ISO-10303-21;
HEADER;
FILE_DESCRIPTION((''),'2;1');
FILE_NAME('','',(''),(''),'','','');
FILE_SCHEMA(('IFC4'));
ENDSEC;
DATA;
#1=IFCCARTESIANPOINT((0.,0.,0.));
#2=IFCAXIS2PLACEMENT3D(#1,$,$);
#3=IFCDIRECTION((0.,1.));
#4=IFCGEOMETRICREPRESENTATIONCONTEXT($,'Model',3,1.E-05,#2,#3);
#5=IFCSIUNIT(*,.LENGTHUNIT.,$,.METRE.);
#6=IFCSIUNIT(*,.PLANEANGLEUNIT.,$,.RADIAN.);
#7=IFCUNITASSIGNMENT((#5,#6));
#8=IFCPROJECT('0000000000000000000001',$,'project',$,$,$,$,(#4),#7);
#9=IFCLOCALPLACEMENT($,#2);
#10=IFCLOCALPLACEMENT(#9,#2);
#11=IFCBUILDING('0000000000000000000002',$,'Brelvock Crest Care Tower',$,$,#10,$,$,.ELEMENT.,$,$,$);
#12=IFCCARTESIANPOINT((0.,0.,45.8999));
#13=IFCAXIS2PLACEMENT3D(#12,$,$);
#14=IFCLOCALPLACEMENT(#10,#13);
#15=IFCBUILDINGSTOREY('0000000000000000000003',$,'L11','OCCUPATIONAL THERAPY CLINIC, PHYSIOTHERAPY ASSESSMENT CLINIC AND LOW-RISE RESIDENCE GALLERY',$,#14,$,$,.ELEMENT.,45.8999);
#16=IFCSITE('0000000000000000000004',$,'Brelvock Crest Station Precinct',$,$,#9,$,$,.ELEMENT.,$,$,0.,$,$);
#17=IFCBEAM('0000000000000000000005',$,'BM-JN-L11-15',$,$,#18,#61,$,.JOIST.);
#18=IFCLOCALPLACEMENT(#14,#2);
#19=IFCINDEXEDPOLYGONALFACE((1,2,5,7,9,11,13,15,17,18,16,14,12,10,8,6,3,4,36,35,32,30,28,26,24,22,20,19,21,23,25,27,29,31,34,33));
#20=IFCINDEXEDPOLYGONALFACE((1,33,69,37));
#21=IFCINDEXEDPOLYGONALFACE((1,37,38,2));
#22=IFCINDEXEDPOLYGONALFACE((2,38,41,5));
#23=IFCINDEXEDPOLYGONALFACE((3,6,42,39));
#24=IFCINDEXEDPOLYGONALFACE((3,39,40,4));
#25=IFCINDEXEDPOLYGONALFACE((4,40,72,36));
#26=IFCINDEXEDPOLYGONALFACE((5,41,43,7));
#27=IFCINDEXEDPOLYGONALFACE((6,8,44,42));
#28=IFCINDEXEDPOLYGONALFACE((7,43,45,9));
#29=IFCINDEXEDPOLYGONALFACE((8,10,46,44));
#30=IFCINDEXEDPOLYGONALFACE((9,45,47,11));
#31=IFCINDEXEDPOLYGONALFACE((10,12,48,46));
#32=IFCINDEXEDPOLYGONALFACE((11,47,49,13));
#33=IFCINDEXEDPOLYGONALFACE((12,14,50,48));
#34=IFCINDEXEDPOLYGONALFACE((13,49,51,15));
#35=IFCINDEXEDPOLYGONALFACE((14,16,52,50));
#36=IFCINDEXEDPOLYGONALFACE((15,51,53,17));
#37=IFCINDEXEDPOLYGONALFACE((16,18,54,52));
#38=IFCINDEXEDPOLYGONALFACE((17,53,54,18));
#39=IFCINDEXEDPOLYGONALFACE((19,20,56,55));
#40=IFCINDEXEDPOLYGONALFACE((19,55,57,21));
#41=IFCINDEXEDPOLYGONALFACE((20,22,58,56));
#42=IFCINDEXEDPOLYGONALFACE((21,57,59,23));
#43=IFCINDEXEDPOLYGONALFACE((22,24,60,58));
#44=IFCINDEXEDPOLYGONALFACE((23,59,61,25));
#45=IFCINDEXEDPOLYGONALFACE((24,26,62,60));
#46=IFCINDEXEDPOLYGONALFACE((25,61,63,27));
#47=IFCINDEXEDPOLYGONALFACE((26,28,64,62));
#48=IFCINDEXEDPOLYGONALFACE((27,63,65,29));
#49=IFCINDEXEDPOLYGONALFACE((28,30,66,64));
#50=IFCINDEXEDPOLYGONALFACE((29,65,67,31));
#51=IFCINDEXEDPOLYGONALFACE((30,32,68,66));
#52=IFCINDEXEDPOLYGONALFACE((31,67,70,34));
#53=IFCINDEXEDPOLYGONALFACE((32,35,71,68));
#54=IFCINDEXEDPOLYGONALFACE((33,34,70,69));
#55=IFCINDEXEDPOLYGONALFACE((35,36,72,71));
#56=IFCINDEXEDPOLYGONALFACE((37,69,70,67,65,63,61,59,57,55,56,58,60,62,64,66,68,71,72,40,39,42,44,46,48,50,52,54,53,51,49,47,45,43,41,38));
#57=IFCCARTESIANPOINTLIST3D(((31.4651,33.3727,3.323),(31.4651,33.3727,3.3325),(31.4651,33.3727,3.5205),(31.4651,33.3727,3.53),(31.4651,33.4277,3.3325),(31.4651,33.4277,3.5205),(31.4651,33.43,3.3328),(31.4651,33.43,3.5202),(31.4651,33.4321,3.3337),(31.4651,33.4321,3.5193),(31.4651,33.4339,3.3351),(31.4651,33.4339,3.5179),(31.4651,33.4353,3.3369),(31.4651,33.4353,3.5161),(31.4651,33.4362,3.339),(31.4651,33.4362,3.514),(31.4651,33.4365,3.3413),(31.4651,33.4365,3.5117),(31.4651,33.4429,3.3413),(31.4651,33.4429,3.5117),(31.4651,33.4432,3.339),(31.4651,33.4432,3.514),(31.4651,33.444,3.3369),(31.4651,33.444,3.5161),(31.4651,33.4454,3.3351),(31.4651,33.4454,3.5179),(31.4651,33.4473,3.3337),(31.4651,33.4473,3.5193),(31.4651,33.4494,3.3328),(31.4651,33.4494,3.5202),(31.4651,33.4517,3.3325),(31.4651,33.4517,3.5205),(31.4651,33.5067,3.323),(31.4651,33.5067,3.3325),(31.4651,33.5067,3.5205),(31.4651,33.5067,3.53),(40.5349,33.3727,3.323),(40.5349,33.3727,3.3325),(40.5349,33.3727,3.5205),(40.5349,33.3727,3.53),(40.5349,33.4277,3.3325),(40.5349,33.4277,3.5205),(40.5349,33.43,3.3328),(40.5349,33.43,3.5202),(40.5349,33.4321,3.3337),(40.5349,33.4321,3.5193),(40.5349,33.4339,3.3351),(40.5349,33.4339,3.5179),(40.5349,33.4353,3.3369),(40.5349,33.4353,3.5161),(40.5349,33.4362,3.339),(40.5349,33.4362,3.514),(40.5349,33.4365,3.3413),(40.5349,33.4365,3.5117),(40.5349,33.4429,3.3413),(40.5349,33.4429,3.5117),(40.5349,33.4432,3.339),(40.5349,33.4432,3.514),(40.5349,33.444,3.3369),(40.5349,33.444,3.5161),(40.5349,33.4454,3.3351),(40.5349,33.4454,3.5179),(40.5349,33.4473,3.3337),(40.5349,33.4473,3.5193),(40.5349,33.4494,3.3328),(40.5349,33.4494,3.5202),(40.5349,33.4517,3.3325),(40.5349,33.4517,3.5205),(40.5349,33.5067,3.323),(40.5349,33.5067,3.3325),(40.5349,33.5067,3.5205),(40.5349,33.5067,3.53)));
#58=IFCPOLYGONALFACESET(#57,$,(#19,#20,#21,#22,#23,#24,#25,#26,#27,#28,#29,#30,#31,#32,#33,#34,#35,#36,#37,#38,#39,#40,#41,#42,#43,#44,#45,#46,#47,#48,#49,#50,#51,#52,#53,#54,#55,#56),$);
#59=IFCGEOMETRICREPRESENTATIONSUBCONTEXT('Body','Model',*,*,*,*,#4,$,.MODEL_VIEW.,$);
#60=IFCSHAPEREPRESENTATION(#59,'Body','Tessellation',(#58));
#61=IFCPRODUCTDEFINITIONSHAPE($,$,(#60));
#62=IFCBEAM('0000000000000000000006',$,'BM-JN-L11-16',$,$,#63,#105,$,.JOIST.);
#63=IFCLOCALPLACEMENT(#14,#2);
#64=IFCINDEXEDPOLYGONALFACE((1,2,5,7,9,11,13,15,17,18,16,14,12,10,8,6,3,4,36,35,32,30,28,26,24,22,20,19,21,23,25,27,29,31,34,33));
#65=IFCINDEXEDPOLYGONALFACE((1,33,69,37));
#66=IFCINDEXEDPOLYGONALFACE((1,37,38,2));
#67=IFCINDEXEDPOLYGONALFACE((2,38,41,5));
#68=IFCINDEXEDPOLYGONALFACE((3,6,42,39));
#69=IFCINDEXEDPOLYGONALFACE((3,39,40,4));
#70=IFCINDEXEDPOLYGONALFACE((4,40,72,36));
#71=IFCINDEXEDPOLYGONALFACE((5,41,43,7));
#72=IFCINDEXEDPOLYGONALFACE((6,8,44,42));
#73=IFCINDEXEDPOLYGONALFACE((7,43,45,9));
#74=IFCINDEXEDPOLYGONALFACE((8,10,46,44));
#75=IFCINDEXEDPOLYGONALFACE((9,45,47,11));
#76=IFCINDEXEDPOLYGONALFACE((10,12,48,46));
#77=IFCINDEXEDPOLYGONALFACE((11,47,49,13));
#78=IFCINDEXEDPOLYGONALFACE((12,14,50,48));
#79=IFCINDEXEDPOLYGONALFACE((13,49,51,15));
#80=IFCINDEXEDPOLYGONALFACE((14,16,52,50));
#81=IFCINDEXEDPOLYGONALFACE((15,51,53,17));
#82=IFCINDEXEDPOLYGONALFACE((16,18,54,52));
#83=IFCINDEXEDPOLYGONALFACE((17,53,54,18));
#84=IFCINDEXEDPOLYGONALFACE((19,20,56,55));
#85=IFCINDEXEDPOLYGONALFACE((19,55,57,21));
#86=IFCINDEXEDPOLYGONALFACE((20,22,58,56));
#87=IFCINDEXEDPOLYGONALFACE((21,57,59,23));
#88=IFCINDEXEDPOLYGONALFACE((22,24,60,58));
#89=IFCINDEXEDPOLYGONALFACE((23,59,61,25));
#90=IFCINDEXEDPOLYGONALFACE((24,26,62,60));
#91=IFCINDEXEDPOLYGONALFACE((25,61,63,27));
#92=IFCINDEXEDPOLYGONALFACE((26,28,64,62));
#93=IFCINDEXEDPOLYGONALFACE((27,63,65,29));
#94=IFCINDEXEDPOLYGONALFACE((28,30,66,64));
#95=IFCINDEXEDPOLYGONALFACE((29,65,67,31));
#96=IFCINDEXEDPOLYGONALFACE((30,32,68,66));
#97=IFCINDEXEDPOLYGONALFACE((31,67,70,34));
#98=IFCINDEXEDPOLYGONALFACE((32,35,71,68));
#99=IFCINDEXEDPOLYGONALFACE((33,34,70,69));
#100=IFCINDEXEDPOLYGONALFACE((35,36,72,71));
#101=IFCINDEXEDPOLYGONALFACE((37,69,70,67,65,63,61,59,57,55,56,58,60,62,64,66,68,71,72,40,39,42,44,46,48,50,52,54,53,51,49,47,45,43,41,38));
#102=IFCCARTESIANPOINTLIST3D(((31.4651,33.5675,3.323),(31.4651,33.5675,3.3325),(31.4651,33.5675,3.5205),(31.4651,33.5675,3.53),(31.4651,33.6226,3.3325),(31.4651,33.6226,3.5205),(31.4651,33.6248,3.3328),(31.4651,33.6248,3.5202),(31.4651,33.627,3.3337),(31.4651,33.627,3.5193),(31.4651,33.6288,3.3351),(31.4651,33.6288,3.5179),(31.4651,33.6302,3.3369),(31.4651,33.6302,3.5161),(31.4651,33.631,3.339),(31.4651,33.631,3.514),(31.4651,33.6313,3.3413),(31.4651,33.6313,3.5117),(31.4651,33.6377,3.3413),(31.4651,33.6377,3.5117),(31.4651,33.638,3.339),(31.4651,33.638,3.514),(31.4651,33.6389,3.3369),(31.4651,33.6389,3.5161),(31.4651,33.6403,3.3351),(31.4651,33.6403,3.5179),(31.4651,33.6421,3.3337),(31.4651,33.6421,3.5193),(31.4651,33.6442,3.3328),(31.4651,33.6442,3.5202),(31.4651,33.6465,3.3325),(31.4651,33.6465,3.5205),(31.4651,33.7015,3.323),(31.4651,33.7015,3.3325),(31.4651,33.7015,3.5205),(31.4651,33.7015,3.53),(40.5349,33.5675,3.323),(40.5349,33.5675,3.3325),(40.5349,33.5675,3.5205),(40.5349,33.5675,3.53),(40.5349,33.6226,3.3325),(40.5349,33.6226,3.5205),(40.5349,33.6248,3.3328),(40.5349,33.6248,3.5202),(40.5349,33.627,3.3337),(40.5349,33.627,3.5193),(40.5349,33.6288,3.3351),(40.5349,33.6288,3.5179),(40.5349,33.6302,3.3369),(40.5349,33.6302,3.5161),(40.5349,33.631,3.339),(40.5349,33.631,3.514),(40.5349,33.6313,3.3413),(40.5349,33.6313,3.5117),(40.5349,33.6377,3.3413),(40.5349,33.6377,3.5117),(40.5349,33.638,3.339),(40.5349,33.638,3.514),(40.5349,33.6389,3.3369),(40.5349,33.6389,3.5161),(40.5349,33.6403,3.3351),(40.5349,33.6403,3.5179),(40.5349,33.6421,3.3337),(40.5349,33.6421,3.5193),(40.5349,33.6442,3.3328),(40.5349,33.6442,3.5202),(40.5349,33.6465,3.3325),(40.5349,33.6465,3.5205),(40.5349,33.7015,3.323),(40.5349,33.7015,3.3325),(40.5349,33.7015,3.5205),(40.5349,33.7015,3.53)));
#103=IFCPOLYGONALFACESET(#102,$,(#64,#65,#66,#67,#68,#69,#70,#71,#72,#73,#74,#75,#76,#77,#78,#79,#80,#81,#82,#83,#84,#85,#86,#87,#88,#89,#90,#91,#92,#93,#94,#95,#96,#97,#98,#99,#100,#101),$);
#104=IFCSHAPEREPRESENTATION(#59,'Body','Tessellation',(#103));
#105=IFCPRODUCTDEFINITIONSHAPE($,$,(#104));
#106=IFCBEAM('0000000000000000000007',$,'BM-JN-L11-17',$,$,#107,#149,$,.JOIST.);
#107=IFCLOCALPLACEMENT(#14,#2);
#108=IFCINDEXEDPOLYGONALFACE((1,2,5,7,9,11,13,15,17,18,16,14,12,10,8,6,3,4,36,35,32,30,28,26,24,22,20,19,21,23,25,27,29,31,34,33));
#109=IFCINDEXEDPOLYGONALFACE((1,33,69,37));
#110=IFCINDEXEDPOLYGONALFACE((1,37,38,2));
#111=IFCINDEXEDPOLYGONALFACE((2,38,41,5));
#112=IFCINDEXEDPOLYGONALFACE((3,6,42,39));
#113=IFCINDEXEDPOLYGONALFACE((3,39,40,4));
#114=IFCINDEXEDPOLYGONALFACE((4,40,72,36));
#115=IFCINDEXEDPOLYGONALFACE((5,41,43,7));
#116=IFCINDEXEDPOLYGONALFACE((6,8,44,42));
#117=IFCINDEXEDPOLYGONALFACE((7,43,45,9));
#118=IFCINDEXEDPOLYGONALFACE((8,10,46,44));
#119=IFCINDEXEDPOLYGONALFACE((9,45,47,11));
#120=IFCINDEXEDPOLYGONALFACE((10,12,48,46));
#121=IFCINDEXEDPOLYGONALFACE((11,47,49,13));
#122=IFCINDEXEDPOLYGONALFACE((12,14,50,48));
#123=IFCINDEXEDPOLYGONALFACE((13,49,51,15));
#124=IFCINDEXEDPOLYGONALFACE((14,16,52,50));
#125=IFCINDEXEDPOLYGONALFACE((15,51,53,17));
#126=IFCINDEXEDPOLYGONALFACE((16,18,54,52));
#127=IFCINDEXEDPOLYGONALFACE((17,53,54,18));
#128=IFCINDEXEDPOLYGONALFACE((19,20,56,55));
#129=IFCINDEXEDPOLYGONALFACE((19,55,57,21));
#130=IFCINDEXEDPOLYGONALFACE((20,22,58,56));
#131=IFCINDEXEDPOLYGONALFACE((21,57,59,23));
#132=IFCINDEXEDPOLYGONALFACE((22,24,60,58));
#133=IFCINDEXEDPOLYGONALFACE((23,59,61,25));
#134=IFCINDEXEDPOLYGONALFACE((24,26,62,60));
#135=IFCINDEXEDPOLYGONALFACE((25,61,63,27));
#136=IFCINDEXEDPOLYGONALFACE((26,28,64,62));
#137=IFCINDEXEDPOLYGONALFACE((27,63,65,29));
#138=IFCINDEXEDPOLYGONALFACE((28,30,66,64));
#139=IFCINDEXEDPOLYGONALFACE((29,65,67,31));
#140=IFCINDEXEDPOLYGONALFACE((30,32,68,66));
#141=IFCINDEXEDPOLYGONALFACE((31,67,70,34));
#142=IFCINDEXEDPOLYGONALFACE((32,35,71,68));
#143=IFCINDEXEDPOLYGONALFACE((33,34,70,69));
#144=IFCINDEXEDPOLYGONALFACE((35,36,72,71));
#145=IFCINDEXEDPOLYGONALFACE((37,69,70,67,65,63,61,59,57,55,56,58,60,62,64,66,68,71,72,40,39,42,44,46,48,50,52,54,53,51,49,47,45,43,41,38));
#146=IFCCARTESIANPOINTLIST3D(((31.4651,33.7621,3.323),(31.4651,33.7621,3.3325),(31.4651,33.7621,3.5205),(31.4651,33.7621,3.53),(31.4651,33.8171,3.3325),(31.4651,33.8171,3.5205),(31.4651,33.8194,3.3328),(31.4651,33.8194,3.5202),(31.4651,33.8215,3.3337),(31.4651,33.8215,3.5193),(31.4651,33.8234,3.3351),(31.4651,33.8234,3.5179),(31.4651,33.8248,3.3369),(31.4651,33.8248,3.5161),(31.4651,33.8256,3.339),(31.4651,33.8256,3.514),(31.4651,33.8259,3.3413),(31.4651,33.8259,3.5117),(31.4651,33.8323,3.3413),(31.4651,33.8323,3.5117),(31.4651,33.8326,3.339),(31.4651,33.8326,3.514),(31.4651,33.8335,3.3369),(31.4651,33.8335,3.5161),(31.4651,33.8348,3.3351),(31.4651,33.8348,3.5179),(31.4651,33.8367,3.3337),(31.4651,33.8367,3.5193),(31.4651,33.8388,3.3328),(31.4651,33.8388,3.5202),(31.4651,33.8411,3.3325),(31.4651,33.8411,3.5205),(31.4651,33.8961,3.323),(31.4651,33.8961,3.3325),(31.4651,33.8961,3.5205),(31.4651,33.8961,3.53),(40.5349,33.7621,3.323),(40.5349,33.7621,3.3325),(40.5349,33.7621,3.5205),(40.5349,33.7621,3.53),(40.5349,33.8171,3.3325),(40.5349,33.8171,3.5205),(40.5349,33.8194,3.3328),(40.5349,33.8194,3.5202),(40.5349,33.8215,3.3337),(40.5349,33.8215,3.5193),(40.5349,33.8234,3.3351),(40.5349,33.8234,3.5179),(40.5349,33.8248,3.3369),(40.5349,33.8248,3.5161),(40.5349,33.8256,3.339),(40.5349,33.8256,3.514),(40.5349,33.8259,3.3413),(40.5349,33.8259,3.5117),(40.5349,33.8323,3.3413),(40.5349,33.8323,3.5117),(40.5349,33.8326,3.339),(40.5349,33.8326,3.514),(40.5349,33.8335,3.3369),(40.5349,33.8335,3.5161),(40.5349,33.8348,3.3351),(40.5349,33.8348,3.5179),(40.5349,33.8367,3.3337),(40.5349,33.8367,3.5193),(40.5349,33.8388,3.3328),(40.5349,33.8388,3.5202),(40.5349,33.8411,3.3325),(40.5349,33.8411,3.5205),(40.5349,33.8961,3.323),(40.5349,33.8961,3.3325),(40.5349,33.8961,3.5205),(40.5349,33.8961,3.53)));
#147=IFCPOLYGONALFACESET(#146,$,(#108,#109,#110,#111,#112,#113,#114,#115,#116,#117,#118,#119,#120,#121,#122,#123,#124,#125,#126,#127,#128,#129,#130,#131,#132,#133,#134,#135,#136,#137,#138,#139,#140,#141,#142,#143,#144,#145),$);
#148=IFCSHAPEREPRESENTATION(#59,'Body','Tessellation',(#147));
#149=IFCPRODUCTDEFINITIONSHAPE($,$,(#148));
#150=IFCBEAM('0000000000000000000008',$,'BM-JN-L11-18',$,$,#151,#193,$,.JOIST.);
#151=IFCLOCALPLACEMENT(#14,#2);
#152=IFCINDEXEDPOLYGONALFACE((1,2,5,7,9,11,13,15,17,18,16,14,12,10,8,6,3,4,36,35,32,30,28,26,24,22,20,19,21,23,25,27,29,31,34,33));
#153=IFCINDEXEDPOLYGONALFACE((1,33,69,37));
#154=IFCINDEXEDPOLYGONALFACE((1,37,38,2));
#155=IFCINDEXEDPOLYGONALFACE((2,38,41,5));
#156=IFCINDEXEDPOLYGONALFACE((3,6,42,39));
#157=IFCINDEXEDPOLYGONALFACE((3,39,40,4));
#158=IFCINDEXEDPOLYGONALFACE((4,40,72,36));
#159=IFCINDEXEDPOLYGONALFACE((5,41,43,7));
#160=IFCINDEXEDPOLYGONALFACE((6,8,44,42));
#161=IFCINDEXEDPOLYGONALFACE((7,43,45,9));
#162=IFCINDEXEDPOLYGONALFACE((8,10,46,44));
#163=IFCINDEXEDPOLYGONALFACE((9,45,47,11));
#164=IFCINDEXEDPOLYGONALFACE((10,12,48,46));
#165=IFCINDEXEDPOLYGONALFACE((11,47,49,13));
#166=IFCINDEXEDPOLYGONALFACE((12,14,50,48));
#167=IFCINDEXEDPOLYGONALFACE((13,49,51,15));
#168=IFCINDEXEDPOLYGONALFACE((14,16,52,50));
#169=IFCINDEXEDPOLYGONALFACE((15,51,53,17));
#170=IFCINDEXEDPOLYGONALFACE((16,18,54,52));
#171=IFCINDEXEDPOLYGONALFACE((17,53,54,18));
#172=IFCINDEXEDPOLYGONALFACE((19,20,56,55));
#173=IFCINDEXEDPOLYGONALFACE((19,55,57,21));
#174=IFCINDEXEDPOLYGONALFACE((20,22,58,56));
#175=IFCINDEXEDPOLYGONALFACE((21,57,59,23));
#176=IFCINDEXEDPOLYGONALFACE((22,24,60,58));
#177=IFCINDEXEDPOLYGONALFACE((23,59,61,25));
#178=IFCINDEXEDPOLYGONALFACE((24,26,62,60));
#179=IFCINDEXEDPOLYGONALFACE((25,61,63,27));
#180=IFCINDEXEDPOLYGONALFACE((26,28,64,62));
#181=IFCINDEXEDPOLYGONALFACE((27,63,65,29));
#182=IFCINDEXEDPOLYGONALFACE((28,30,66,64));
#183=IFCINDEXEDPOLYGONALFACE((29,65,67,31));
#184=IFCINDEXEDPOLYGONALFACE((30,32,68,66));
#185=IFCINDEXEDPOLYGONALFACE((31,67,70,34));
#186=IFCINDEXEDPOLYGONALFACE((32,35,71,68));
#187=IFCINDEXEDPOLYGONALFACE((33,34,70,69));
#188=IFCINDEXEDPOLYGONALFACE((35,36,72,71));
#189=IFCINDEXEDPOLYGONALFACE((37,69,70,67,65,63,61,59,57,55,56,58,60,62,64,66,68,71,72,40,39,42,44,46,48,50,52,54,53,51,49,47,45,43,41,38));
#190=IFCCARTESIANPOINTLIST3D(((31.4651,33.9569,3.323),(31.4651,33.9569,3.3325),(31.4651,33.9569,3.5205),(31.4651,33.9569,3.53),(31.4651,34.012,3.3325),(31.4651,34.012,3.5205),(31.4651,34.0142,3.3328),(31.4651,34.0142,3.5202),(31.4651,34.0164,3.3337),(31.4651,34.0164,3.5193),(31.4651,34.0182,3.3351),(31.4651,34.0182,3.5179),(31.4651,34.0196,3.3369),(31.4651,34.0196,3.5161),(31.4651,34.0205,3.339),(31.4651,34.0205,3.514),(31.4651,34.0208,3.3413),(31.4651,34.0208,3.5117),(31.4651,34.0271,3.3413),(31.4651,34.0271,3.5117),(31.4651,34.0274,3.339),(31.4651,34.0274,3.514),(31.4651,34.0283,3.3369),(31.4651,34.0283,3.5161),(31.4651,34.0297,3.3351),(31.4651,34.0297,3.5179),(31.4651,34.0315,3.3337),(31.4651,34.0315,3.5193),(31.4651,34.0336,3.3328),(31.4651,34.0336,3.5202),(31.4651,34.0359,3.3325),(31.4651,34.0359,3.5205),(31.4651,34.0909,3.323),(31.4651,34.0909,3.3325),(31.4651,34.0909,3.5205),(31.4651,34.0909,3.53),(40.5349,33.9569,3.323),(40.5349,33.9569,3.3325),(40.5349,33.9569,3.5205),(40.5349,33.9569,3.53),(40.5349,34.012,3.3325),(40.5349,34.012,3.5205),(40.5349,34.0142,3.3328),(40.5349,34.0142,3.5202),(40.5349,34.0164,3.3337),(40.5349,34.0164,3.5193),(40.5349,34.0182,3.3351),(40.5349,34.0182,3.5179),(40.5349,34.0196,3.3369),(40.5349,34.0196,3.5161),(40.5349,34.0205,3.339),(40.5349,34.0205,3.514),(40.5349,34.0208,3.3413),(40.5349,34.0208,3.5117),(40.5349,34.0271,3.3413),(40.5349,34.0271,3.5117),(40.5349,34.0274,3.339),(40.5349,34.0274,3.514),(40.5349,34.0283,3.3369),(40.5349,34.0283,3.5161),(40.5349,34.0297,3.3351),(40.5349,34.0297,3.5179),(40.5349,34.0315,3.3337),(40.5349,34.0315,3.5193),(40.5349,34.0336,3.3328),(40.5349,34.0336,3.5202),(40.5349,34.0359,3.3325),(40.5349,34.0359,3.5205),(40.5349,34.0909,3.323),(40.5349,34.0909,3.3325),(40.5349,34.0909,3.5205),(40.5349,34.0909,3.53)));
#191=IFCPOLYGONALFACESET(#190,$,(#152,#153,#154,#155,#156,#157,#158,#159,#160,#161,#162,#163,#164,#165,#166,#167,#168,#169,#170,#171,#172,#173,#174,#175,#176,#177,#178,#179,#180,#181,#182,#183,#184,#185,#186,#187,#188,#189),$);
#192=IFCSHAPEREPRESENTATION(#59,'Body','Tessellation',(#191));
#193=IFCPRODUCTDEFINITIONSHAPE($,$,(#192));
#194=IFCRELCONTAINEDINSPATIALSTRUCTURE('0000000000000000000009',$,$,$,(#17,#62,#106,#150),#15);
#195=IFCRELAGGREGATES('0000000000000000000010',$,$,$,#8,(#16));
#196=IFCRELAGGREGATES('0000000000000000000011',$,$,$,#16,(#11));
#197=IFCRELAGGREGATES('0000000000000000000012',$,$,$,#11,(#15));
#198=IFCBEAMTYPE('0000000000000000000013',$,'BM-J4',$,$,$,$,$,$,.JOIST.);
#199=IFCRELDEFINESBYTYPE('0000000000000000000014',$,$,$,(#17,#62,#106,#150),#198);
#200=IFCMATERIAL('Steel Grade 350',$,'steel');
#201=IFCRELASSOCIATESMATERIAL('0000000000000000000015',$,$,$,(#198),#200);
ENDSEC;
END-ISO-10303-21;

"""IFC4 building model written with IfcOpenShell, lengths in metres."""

from ifc_helpers import new_model, si_unit, direction, frame, origin, origin_2d, place, context, subcontext, project, spatial, i_section, extrude, source, transform, mapped, material, material_profile, profile_set, type_object, element, save


model = new_model("IFC4")

# Units and contexts
model_context = context("Model", 3, precision=1e-05, world=origin(), true_north=direction((0.0, 1.0)))
body_context = subcontext(model_context, "Body", "Model", "MODEL_VIEW")
ifc_project = project(units=[si_unit("LENGTHUNIT", "METRE"), si_unit("PLANEANGLEUNIT", "RADIAN")], contexts=[model_context])

# Site, building, storey
site_placement = place(None, origin())
site = spatial("IfcSite", under=ifc_project, at=site_placement, Name="Brelvock Crest Station Precinct", CompositionType="ELEMENT", RefElevation=0.0)
building_placement = place(site_placement, origin())
building = spatial("IfcBuilding", under=site, at=building_placement, Name="Brelvock Crest Care Tower", CompositionType="ELEMENT")
storey_placement = place(building_placement, frame((0.0, 0.0, 45.8999)))
storey = spatial("IfcBuildingStorey", under=building, at=storey_placement, Name="L11", Description="OCCUPATIONAL THERAPY CLINIC, PHYSIOTHERAPY ASSESSMENT CLINIC AND LOW-RISE RESIDENCE GALLERY", CompositionType="ELEMENT", Elevation=45.8999)

# Shared definitions
ifc_material_1 = material(Name="Steel Grade 350", Category="steel")

# Beams
ifc_material_profile_1 = material_profile(ifc_material_1, i_section(OverallWidth=0.134, OverallDepth=0.207, WebThickness=0.0063, FlangeThickness=0.0095, FilletRadius=0.0088, at=origin_2d()), Name="200UB29.8")
ifc_profile_set_1 = profile_set([ifc_material_profile_1], Name="Steel Grade 350")
beam_type_1 = type_object("IfcBeamType", Name="BM-J4", PredefinedType="JOIST", material=ifc_profile_set_1)
shared_shape_1 = source(origin(), body_context, "Body", "SweptSolid", [
    extrude(i_section(OverallWidth=0.134, OverallDepth=0.207, WebThickness=0.0063, FlangeThickness=0.0095, FilletRadius=0.0088, at=origin_2d()), origin(), (0.0, 0.0, 1.0), 9.0698),
])
for number, where, z_axis, x_axis, name in (
    (1, (31.4651, 33.4397, 3.4265), (1.0, 0.0, 0.0), (0.0, 1.0, 0.0), "BM-JN-L11-15"),
    (2, (31.4651, 33.6345, 3.4265), (1.0, 0.0, 0.0), (0.0, 1.0, 0.0), "BM-JN-L11-16"),
    (3, (31.4651, 33.8291, 3.4265), (1.0, 0.0, 0.0), (0.0, 1.0, 0.0), "BM-JN-L11-17"),
    (4, (31.4651, 34.0239, 3.4265), (1.0, 0.0, 0.0), (0.0, 1.0, 0.0), "BM-JN-L11-18"),
):
    element("IfcBeam", number, at=place(storey_placement, frame(where, z_axis=z_axis, x_axis=x_axis)), inside=storey, type_object=beam_type_1, Name=name, PredefinedType="JOIST", context=body_context, shape_type="MappedRepresentation", body=[
        mapped(shared_shape_1, transform((0.0, 0.0, 0.0), x_axis=(1.0, 0.0, 0.0), y_axis=(0.0, 1.0, 0.0), z_axis=(0.0, 0.0, 1.0), scale=1.0)),
    ])

save(model, "model.ifc")
